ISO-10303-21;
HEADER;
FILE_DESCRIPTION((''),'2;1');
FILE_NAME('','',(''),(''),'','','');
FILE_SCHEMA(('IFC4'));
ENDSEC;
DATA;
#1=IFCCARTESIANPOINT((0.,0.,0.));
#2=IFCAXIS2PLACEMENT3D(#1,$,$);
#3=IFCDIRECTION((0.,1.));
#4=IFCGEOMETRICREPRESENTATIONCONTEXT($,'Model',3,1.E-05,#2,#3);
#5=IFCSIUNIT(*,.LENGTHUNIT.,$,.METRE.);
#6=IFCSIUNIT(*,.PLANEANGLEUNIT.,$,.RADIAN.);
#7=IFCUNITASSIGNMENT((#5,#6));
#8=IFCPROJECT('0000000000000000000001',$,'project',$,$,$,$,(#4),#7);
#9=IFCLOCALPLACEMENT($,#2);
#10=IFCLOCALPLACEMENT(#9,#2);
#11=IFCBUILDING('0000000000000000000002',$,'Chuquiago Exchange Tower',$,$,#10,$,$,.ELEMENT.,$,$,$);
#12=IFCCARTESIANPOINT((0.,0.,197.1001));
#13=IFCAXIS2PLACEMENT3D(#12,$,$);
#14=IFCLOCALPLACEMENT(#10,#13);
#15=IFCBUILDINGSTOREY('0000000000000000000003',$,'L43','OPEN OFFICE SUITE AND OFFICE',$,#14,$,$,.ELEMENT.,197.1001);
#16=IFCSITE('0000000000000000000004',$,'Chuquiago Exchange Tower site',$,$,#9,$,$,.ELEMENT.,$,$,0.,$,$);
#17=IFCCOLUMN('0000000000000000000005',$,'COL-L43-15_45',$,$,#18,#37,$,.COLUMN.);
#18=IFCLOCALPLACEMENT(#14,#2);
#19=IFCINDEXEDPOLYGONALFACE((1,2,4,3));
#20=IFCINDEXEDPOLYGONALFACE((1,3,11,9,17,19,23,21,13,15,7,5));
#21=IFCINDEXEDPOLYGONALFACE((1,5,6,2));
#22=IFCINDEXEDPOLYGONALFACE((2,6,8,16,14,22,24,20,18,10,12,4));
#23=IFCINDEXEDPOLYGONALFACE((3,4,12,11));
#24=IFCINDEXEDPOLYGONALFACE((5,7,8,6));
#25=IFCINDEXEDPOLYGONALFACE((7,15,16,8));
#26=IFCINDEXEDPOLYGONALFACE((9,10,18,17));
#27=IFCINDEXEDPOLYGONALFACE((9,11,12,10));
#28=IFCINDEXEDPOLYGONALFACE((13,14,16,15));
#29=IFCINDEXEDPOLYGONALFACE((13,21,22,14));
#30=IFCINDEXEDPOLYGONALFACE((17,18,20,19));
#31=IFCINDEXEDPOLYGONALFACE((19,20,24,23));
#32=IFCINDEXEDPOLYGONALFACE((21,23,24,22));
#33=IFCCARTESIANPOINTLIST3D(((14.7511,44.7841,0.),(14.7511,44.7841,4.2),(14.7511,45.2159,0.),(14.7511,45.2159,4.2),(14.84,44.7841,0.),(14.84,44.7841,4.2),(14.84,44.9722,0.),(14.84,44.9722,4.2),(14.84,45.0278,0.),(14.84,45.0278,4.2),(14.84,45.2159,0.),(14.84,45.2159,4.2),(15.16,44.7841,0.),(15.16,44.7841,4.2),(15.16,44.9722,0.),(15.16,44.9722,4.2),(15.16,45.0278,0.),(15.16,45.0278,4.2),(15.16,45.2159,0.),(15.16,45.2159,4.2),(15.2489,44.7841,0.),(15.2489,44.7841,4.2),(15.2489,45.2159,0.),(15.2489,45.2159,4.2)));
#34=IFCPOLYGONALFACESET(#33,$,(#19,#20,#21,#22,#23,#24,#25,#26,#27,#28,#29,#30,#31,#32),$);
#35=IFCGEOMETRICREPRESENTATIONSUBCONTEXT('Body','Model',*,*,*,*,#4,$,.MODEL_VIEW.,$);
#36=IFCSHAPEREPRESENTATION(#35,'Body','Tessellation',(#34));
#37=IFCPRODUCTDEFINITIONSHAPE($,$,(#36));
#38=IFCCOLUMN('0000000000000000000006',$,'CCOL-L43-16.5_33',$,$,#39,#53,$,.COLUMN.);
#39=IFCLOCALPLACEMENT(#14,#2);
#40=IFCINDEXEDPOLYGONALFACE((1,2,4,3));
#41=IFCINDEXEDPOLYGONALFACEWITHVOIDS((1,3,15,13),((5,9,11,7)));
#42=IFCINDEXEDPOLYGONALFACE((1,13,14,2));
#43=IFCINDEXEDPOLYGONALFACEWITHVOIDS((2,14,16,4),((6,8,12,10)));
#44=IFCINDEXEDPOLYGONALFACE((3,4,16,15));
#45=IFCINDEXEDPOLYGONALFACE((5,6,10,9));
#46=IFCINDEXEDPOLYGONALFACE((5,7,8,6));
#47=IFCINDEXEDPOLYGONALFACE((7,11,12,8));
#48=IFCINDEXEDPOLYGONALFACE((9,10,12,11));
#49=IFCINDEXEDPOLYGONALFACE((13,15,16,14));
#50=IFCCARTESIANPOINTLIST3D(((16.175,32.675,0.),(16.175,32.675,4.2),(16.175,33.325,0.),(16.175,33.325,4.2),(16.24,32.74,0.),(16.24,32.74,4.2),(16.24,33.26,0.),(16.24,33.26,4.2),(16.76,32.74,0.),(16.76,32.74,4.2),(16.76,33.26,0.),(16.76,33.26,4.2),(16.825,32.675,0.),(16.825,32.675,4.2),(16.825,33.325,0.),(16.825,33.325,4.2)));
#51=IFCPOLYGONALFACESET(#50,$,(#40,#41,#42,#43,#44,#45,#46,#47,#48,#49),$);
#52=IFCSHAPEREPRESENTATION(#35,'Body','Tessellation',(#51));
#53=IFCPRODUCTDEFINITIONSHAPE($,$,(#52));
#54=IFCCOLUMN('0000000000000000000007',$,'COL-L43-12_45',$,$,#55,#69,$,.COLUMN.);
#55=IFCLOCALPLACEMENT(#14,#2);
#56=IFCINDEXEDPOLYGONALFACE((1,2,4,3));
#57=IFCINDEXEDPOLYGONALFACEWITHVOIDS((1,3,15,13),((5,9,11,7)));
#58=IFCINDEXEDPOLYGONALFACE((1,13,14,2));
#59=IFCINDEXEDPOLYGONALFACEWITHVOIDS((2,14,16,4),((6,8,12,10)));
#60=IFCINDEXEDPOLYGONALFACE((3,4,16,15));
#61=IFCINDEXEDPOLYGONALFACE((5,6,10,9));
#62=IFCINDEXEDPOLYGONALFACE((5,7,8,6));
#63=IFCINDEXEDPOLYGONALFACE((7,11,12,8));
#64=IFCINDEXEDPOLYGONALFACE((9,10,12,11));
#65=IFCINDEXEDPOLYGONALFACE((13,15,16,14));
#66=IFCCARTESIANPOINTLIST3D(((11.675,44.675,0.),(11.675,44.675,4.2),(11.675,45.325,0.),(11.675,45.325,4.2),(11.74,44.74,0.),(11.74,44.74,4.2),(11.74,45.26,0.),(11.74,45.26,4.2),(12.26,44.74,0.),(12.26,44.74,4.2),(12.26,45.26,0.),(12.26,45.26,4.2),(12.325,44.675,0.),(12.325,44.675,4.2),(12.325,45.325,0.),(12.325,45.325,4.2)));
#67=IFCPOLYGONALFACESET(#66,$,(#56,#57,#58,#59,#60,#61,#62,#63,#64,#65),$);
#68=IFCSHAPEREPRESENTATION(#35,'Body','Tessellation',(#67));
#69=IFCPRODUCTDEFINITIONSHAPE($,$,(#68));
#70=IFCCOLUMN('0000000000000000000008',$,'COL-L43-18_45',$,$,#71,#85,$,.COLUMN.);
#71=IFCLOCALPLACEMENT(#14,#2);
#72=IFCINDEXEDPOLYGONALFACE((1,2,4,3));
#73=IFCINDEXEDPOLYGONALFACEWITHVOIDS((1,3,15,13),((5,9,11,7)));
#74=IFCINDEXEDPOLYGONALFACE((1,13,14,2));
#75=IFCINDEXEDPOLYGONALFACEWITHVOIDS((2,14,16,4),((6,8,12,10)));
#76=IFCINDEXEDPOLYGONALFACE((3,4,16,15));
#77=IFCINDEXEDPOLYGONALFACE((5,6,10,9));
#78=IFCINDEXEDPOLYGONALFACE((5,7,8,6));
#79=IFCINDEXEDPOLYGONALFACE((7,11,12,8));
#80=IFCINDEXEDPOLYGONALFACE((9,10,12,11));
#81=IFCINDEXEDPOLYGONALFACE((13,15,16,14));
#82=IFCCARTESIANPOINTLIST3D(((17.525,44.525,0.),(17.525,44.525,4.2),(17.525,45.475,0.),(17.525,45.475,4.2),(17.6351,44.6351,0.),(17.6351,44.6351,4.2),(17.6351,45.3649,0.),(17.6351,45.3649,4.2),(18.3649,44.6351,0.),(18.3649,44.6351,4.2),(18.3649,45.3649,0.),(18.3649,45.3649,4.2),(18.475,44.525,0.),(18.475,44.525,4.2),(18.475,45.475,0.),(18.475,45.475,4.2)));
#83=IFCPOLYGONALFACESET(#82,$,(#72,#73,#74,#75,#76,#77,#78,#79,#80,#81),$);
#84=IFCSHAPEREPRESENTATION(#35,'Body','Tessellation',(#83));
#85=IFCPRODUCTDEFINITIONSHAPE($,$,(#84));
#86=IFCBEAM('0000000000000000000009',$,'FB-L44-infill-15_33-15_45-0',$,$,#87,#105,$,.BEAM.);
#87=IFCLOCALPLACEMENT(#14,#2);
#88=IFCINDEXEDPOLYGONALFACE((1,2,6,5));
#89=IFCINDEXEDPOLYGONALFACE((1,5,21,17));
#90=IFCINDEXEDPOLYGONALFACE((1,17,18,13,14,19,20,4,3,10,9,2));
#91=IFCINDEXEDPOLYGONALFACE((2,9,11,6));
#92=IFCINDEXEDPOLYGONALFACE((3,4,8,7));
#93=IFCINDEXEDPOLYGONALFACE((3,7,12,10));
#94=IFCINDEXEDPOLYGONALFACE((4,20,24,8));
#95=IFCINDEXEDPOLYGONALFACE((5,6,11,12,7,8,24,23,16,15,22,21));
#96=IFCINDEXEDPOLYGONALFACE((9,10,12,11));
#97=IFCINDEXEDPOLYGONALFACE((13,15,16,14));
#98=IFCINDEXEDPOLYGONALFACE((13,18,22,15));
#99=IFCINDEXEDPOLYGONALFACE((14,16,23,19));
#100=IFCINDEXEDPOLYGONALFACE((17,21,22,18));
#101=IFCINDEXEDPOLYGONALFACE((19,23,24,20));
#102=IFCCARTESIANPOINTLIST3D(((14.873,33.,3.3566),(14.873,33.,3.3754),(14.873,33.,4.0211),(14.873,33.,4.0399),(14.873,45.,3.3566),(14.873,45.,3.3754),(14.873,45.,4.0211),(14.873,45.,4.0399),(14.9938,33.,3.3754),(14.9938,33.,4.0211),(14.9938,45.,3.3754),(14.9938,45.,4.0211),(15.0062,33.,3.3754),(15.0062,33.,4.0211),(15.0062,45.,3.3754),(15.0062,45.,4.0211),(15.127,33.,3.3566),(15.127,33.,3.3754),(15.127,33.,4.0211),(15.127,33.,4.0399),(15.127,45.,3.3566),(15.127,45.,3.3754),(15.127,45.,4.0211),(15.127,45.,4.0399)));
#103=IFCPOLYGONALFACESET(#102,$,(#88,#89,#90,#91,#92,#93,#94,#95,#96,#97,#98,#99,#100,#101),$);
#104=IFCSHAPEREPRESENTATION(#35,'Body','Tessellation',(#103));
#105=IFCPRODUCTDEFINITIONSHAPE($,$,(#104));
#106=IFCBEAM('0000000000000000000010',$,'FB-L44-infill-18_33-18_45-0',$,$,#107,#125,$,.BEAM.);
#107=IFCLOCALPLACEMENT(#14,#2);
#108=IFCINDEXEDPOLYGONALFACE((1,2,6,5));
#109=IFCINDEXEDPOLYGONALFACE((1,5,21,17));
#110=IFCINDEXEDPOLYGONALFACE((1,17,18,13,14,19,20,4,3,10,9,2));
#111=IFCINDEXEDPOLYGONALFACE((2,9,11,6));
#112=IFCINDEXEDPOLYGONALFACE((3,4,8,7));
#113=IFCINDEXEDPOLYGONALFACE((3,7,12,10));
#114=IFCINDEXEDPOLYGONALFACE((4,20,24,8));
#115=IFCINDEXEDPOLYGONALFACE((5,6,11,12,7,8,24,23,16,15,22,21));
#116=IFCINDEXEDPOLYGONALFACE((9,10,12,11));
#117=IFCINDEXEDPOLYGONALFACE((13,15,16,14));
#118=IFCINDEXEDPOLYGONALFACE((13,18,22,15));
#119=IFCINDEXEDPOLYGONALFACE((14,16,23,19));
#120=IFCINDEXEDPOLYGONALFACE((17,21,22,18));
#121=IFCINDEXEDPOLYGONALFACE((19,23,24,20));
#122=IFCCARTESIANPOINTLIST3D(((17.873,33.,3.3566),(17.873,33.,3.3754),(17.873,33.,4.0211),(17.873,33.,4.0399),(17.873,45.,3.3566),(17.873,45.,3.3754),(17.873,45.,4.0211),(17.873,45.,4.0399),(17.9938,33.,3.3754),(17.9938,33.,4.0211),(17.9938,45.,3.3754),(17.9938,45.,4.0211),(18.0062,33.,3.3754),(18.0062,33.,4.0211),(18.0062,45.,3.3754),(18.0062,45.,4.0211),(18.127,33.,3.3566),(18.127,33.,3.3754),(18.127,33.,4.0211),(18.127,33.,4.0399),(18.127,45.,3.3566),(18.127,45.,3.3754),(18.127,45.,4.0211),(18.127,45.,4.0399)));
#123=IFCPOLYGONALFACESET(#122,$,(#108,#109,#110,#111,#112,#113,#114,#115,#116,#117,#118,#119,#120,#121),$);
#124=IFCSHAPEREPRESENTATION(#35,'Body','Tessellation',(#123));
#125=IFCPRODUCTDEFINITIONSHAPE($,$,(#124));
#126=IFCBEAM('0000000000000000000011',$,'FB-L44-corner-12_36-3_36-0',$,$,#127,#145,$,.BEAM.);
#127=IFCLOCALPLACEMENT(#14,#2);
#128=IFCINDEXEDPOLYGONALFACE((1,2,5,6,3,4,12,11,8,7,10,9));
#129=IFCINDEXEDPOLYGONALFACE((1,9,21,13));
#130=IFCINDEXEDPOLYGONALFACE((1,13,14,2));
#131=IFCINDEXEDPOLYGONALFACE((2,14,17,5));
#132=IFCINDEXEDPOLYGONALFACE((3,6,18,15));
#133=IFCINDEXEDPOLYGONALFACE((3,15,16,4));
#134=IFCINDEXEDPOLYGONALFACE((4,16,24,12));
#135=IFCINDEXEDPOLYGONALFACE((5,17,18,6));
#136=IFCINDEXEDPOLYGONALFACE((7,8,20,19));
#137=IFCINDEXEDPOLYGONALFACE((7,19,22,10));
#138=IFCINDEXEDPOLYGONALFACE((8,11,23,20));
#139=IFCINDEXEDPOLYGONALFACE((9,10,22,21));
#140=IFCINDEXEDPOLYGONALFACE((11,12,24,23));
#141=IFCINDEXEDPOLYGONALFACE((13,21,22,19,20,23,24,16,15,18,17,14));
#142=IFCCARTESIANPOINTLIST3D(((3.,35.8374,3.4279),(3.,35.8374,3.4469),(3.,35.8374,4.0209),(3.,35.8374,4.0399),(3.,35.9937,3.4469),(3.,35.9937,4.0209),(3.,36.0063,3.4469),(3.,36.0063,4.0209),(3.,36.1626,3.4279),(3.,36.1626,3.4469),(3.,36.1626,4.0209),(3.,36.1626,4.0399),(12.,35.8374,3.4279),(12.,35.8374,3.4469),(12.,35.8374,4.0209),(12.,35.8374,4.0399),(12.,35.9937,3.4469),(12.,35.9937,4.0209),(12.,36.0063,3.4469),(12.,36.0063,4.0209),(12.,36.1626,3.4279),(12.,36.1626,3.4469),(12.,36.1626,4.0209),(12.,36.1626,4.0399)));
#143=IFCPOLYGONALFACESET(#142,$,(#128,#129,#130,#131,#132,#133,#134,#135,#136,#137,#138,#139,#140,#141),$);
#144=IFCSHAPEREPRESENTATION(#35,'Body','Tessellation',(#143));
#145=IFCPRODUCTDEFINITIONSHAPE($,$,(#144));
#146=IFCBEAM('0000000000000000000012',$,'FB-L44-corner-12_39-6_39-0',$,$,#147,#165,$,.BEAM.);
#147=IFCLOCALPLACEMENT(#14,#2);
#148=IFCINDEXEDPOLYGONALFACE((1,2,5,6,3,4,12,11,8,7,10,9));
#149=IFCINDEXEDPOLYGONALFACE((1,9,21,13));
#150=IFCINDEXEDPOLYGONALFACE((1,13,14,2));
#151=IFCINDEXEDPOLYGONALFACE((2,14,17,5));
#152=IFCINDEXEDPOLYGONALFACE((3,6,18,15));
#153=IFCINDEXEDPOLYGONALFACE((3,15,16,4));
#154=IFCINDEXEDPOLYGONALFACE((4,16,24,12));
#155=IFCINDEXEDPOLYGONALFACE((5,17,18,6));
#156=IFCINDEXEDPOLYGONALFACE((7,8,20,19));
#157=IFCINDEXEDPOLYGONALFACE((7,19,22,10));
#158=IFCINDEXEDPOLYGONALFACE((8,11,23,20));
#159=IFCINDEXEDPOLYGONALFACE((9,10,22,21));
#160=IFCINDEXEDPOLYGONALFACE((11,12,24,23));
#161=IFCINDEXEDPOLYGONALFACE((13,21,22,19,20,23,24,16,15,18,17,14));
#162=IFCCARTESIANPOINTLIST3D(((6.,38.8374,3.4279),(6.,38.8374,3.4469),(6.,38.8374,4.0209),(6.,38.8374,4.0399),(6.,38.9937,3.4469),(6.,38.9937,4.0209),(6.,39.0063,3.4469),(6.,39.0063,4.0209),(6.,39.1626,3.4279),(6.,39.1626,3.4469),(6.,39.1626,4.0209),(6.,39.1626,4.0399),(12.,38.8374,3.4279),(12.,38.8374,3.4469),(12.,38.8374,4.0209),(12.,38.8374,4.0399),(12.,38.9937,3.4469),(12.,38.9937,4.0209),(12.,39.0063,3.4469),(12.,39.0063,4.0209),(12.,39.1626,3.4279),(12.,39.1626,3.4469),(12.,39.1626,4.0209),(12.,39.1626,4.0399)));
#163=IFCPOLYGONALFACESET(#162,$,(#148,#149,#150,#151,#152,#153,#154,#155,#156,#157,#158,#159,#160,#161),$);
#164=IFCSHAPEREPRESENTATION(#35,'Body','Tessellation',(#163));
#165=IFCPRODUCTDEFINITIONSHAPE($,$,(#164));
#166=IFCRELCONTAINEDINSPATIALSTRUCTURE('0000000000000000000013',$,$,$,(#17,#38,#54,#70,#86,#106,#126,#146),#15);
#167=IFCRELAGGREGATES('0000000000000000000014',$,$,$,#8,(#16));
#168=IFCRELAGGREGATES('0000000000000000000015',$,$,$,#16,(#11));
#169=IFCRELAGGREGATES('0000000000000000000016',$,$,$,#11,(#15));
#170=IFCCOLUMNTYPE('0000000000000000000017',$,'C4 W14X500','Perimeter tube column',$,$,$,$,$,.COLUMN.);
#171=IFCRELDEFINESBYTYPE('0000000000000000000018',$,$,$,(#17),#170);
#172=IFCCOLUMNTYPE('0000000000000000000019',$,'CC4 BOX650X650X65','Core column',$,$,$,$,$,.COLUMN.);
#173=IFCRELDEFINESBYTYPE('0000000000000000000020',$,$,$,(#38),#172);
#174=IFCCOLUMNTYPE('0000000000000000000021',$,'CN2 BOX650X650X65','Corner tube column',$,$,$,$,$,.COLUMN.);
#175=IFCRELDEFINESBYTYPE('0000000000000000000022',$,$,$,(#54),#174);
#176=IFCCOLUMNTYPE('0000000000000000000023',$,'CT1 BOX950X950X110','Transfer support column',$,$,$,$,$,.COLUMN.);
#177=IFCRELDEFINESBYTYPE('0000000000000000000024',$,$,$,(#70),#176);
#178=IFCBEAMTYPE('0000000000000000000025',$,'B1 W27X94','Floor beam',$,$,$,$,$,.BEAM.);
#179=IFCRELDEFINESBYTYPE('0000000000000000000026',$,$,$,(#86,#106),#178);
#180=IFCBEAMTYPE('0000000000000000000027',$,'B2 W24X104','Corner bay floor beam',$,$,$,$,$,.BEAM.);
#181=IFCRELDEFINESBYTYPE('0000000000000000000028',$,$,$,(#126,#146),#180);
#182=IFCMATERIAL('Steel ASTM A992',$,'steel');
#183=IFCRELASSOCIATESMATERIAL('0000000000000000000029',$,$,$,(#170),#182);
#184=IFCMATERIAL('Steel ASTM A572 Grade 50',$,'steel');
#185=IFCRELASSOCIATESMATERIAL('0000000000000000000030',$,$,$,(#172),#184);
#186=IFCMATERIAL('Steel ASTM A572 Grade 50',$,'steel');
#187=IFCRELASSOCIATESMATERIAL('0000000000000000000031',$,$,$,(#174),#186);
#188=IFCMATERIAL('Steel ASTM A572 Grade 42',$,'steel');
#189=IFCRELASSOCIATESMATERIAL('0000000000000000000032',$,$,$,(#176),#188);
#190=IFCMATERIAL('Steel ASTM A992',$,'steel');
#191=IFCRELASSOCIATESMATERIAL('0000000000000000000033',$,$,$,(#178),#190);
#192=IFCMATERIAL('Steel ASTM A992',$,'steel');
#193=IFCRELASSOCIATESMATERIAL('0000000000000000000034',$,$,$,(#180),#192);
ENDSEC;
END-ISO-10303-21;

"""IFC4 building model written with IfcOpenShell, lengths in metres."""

from ifc_helpers import new_model, si_unit, direction, frame, origin, origin_2d, place, context, subcontext, project, spatial, hollow_rectangle, i_section, extrude, material, material_profile, profile_set, type_object, element, save


model = new_model("IFC4")

# Units and contexts
model_context = context("Model", 3, precision=1e-05, world=origin(), true_north=direction((0.0, 1.0)))
body_context = subcontext(model_context, "Body", "Model", "MODEL_VIEW")
ifc_project = project(units=[si_unit("LENGTHUNIT", "METRE"), si_unit("PLANEANGLEUNIT", "RADIAN")], contexts=[model_context])

# Site, building, storey
site_placement = place(None, origin())
site = spatial("IfcSite", under=ifc_project, at=site_placement, Name="Chuquiago Exchange Tower site", CompositionType="ELEMENT", RefElevation=0.0)
building_placement = place(site_placement, origin())
building = spatial("IfcBuilding", under=site, at=building_placement, Name="Chuquiago Exchange Tower", CompositionType="ELEMENT")
storey_placement = place(building_placement, frame((0.0, 0.0, 197.1001)))
storey = spatial("IfcBuildingStorey", under=building, at=storey_placement, Name="L43", Description="OPEN OFFICE SUITE AND OFFICE", CompositionType="ELEMENT", Elevation=197.1001)

# Columns
ifc_material_1 = material(Name="Steel ASTM A992", Category="steel")
ifc_material_profile_1 = material_profile(ifc_material_1, i_section(OverallWidth=0.4319, OverallDepth=0.4978, WebThickness=0.0557, FlangeThickness=0.0889, at=origin_2d()), Name="W14X500")
ifc_profile_set_1 = profile_set([ifc_material_profile_1], Name="Steel ASTM A992")
column_type_1 = type_object("IfcColumnType", Name="C4 W14X500", Description="Perimeter tube column", PredefinedType="COLUMN", material=ifc_profile_set_1)
column_1_placement = place(storey_placement, frame((15.0, 45.0, 0.0), z_axis=(0.0, 0.0, 1.0), x_axis=(0.0, 1.0, 0.0)))
element("IfcColumn", 1, at=column_1_placement, inside=storey, type_object=column_type_1, Name="COL-L43-15_45", PredefinedType="COLUMN", context=body_context, shape_type="SweptSolid", body=[
    extrude(i_section(OverallWidth=0.4319, OverallDepth=0.4978, WebThickness=0.0557, FlangeThickness=0.0889, at=origin_2d()), origin(), (0.0, 0.0, 1.0), 4.2),
])
ifc_material_2 = material(Name="Steel ASTM A572 Grade 50", Category="steel")
ifc_material_profile_2 = material_profile(ifc_material_2, hollow_rectangle(XDim=0.6499, YDim=0.6499, WallThickness=0.0649, at=origin_2d()), Name="BOX650X650X65")
ifc_profile_set_2 = profile_set([ifc_material_profile_2], Name="Steel ASTM A572 Grade 50")
column_type_2 = type_object("IfcColumnType", Name="CC4 BOX650X650X65", Description="Core column", PredefinedType="COLUMN", material=ifc_profile_set_2)
column_2_placement = place(storey_placement, frame((16.5, 33.0, 0.0), z_axis=(0.0, 0.0, 1.0), x_axis=(1.0, 0.0, 0.0)))
element("IfcColumn", 2, at=column_2_placement, inside=storey, type_object=column_type_2, Name="CCOL-L43-16.5_33", PredefinedType="COLUMN", context=body_context, shape_type="SweptSolid", body=[
    extrude(hollow_rectangle(XDim=0.6499, YDim=0.6499, WallThickness=0.0649, at=origin_2d()), origin(), (0.0, 0.0, 1.0), 4.2),
])
ifc_material_3 = material(Name="Steel ASTM A572 Grade 50", Category="steel")
ifc_material_profile_3 = material_profile(ifc_material_3, hollow_rectangle(XDim=0.6499, YDim=0.6499, WallThickness=0.0649, at=origin_2d()), Name="BOX650X650X65")
ifc_profile_set_3 = profile_set([ifc_material_profile_3], Name="Steel ASTM A572 Grade 50")
column_type_3 = type_object("IfcColumnType", Name="CN2 BOX650X650X65", Description="Corner tube column", PredefinedType="COLUMN", material=ifc_profile_set_3)
column_3_placement = place(storey_placement, frame((12.0, 45.0, 0.0), z_axis=(0.0, 0.0, 1.0), x_axis=(0.0, 1.0, 0.0)))
element("IfcColumn", 3, at=column_3_placement, inside=storey, type_object=column_type_3, Name="COL-L43-12_45", PredefinedType="COLUMN", context=body_context, shape_type="SweptSolid", body=[
    extrude(hollow_rectangle(XDim=0.6499, YDim=0.6499, WallThickness=0.0649, at=origin_2d()), origin(), (0.0, 0.0, 1.0), 4.2),
])
ifc_material_4 = material(Name="Steel ASTM A572 Grade 42", Category="steel")
ifc_material_profile_4 = material_profile(ifc_material_4, hollow_rectangle(XDim=0.95, YDim=0.95, WallThickness=0.1101, at=origin_2d()), Name="BOX950X950X110")
ifc_profile_set_4 = profile_set([ifc_material_profile_4], Name="Steel ASTM A572 Grade 42")
column_type_4 = type_object("IfcColumnType", Name="CT1 BOX950X950X110", Description="Transfer support column", PredefinedType="COLUMN", material=ifc_profile_set_4)
column_4_placement = place(storey_placement, frame((18.0, 45.0, 0.0), z_axis=(0.0, 0.0, 1.0), x_axis=(0.0, 1.0, 0.0)))
element("IfcColumn", 4, at=column_4_placement, inside=storey, type_object=column_type_4, Name="COL-L43-18_45", PredefinedType="COLUMN", context=body_context, shape_type="SweptSolid", body=[
    extrude(hollow_rectangle(XDim=0.95, YDim=0.95, WallThickness=0.1101, at=origin_2d()), origin(), (0.0, 0.0, 1.0), 4.2),
])

# Beams
ifc_material_5 = material(Name="Steel ASTM A992", Category="steel")
ifc_material_profile_5 = material_profile(ifc_material_5, i_section(OverallWidth=0.2539, OverallDepth=0.6833, WebThickness=0.0125, FlangeThickness=0.0188, at=origin_2d()), Name="W27X94")
ifc_profile_set_5 = profile_set([ifc_material_profile_5], Name="Steel ASTM A992")
beam_type_1 = type_object("IfcBeamType", Name="B1 W27X94", Description="Floor beam", PredefinedType="BEAM", material=ifc_profile_set_5)
for number, where, z_axis, x_axis, name in (
    (5, (15.0, 33.0, 3.6982), (0.0, 1.0, 0.0), (-1.0, 0.0, 0.0), "FB-L44-infill-15_33-15_45-0"),
    (6, (18.0, 33.0, 3.6982), (0.0, 1.0, 0.0), (-1.0, 0.0, 0.0), "FB-L44-infill-18_33-18_45-0"),
):
    element("IfcBeam", number, at=place(storey_placement, frame(where, z_axis=z_axis, x_axis=x_axis)), inside=storey, type_object=beam_type_1, Name=name, PredefinedType="BEAM", context=body_context, shape_type="SweptSolid", body=[
        extrude(i_section(OverallWidth=0.2539, OverallDepth=0.6833, WebThickness=0.0125, FlangeThickness=0.0188, at=origin_2d()), origin(), (0.0, 0.0, 1.0), 12.0),
    ])
ifc_material_6 = material(Name="Steel ASTM A992", Category="steel")
ifc_material_profile_6 = material_profile(ifc_material_6, i_section(OverallWidth=0.3252, OverallDepth=0.6121, WebThickness=0.0127, FlangeThickness=0.019, at=origin_2d()), Name="W24X104")
ifc_profile_set_6 = profile_set([ifc_material_profile_6], Name="Steel ASTM A992")
beam_type_2 = type_object("IfcBeamType", Name="B2 W24X104", Description="Corner bay floor beam", PredefinedType="BEAM", material=ifc_profile_set_6)
beam_1_placement = place(storey_placement, frame((12.0, 36.0, 3.7339), z_axis=(-1.0, 0.0, 0.0), x_axis=(0.0, -1.0, 0.0)))
element("IfcBeam", 7, at=beam_1_placement, inside=storey, type_object=beam_type_2, Name="FB-L44-corner-12_36-3_36-0", PredefinedType="BEAM", context=body_context, shape_type="SweptSolid", body=[
    extrude(i_section(OverallWidth=0.3252, OverallDepth=0.6121, WebThickness=0.0127, FlangeThickness=0.019, at=origin_2d()), origin(), (0.0, 0.0, 1.0), 9.0),
])
beam_2_placement = place(storey_placement, frame((12.0, 39.0, 3.7339), z_axis=(-1.0, 0.0, 0.0), x_axis=(0.0, -1.0, 0.0)))
element("IfcBeam", 8, at=beam_2_placement, inside=storey, type_object=beam_type_2, Name="FB-L44-corner-12_39-6_39-0", PredefinedType="BEAM", context=body_context, shape_type="SweptSolid", body=[
    extrude(i_section(OverallWidth=0.3252, OverallDepth=0.6121, WebThickness=0.0127, FlangeThickness=0.019, at=origin_2d()), origin(), (0.0, 0.0, 1.0), 6.0),
])

save(model, "model.ifc")
